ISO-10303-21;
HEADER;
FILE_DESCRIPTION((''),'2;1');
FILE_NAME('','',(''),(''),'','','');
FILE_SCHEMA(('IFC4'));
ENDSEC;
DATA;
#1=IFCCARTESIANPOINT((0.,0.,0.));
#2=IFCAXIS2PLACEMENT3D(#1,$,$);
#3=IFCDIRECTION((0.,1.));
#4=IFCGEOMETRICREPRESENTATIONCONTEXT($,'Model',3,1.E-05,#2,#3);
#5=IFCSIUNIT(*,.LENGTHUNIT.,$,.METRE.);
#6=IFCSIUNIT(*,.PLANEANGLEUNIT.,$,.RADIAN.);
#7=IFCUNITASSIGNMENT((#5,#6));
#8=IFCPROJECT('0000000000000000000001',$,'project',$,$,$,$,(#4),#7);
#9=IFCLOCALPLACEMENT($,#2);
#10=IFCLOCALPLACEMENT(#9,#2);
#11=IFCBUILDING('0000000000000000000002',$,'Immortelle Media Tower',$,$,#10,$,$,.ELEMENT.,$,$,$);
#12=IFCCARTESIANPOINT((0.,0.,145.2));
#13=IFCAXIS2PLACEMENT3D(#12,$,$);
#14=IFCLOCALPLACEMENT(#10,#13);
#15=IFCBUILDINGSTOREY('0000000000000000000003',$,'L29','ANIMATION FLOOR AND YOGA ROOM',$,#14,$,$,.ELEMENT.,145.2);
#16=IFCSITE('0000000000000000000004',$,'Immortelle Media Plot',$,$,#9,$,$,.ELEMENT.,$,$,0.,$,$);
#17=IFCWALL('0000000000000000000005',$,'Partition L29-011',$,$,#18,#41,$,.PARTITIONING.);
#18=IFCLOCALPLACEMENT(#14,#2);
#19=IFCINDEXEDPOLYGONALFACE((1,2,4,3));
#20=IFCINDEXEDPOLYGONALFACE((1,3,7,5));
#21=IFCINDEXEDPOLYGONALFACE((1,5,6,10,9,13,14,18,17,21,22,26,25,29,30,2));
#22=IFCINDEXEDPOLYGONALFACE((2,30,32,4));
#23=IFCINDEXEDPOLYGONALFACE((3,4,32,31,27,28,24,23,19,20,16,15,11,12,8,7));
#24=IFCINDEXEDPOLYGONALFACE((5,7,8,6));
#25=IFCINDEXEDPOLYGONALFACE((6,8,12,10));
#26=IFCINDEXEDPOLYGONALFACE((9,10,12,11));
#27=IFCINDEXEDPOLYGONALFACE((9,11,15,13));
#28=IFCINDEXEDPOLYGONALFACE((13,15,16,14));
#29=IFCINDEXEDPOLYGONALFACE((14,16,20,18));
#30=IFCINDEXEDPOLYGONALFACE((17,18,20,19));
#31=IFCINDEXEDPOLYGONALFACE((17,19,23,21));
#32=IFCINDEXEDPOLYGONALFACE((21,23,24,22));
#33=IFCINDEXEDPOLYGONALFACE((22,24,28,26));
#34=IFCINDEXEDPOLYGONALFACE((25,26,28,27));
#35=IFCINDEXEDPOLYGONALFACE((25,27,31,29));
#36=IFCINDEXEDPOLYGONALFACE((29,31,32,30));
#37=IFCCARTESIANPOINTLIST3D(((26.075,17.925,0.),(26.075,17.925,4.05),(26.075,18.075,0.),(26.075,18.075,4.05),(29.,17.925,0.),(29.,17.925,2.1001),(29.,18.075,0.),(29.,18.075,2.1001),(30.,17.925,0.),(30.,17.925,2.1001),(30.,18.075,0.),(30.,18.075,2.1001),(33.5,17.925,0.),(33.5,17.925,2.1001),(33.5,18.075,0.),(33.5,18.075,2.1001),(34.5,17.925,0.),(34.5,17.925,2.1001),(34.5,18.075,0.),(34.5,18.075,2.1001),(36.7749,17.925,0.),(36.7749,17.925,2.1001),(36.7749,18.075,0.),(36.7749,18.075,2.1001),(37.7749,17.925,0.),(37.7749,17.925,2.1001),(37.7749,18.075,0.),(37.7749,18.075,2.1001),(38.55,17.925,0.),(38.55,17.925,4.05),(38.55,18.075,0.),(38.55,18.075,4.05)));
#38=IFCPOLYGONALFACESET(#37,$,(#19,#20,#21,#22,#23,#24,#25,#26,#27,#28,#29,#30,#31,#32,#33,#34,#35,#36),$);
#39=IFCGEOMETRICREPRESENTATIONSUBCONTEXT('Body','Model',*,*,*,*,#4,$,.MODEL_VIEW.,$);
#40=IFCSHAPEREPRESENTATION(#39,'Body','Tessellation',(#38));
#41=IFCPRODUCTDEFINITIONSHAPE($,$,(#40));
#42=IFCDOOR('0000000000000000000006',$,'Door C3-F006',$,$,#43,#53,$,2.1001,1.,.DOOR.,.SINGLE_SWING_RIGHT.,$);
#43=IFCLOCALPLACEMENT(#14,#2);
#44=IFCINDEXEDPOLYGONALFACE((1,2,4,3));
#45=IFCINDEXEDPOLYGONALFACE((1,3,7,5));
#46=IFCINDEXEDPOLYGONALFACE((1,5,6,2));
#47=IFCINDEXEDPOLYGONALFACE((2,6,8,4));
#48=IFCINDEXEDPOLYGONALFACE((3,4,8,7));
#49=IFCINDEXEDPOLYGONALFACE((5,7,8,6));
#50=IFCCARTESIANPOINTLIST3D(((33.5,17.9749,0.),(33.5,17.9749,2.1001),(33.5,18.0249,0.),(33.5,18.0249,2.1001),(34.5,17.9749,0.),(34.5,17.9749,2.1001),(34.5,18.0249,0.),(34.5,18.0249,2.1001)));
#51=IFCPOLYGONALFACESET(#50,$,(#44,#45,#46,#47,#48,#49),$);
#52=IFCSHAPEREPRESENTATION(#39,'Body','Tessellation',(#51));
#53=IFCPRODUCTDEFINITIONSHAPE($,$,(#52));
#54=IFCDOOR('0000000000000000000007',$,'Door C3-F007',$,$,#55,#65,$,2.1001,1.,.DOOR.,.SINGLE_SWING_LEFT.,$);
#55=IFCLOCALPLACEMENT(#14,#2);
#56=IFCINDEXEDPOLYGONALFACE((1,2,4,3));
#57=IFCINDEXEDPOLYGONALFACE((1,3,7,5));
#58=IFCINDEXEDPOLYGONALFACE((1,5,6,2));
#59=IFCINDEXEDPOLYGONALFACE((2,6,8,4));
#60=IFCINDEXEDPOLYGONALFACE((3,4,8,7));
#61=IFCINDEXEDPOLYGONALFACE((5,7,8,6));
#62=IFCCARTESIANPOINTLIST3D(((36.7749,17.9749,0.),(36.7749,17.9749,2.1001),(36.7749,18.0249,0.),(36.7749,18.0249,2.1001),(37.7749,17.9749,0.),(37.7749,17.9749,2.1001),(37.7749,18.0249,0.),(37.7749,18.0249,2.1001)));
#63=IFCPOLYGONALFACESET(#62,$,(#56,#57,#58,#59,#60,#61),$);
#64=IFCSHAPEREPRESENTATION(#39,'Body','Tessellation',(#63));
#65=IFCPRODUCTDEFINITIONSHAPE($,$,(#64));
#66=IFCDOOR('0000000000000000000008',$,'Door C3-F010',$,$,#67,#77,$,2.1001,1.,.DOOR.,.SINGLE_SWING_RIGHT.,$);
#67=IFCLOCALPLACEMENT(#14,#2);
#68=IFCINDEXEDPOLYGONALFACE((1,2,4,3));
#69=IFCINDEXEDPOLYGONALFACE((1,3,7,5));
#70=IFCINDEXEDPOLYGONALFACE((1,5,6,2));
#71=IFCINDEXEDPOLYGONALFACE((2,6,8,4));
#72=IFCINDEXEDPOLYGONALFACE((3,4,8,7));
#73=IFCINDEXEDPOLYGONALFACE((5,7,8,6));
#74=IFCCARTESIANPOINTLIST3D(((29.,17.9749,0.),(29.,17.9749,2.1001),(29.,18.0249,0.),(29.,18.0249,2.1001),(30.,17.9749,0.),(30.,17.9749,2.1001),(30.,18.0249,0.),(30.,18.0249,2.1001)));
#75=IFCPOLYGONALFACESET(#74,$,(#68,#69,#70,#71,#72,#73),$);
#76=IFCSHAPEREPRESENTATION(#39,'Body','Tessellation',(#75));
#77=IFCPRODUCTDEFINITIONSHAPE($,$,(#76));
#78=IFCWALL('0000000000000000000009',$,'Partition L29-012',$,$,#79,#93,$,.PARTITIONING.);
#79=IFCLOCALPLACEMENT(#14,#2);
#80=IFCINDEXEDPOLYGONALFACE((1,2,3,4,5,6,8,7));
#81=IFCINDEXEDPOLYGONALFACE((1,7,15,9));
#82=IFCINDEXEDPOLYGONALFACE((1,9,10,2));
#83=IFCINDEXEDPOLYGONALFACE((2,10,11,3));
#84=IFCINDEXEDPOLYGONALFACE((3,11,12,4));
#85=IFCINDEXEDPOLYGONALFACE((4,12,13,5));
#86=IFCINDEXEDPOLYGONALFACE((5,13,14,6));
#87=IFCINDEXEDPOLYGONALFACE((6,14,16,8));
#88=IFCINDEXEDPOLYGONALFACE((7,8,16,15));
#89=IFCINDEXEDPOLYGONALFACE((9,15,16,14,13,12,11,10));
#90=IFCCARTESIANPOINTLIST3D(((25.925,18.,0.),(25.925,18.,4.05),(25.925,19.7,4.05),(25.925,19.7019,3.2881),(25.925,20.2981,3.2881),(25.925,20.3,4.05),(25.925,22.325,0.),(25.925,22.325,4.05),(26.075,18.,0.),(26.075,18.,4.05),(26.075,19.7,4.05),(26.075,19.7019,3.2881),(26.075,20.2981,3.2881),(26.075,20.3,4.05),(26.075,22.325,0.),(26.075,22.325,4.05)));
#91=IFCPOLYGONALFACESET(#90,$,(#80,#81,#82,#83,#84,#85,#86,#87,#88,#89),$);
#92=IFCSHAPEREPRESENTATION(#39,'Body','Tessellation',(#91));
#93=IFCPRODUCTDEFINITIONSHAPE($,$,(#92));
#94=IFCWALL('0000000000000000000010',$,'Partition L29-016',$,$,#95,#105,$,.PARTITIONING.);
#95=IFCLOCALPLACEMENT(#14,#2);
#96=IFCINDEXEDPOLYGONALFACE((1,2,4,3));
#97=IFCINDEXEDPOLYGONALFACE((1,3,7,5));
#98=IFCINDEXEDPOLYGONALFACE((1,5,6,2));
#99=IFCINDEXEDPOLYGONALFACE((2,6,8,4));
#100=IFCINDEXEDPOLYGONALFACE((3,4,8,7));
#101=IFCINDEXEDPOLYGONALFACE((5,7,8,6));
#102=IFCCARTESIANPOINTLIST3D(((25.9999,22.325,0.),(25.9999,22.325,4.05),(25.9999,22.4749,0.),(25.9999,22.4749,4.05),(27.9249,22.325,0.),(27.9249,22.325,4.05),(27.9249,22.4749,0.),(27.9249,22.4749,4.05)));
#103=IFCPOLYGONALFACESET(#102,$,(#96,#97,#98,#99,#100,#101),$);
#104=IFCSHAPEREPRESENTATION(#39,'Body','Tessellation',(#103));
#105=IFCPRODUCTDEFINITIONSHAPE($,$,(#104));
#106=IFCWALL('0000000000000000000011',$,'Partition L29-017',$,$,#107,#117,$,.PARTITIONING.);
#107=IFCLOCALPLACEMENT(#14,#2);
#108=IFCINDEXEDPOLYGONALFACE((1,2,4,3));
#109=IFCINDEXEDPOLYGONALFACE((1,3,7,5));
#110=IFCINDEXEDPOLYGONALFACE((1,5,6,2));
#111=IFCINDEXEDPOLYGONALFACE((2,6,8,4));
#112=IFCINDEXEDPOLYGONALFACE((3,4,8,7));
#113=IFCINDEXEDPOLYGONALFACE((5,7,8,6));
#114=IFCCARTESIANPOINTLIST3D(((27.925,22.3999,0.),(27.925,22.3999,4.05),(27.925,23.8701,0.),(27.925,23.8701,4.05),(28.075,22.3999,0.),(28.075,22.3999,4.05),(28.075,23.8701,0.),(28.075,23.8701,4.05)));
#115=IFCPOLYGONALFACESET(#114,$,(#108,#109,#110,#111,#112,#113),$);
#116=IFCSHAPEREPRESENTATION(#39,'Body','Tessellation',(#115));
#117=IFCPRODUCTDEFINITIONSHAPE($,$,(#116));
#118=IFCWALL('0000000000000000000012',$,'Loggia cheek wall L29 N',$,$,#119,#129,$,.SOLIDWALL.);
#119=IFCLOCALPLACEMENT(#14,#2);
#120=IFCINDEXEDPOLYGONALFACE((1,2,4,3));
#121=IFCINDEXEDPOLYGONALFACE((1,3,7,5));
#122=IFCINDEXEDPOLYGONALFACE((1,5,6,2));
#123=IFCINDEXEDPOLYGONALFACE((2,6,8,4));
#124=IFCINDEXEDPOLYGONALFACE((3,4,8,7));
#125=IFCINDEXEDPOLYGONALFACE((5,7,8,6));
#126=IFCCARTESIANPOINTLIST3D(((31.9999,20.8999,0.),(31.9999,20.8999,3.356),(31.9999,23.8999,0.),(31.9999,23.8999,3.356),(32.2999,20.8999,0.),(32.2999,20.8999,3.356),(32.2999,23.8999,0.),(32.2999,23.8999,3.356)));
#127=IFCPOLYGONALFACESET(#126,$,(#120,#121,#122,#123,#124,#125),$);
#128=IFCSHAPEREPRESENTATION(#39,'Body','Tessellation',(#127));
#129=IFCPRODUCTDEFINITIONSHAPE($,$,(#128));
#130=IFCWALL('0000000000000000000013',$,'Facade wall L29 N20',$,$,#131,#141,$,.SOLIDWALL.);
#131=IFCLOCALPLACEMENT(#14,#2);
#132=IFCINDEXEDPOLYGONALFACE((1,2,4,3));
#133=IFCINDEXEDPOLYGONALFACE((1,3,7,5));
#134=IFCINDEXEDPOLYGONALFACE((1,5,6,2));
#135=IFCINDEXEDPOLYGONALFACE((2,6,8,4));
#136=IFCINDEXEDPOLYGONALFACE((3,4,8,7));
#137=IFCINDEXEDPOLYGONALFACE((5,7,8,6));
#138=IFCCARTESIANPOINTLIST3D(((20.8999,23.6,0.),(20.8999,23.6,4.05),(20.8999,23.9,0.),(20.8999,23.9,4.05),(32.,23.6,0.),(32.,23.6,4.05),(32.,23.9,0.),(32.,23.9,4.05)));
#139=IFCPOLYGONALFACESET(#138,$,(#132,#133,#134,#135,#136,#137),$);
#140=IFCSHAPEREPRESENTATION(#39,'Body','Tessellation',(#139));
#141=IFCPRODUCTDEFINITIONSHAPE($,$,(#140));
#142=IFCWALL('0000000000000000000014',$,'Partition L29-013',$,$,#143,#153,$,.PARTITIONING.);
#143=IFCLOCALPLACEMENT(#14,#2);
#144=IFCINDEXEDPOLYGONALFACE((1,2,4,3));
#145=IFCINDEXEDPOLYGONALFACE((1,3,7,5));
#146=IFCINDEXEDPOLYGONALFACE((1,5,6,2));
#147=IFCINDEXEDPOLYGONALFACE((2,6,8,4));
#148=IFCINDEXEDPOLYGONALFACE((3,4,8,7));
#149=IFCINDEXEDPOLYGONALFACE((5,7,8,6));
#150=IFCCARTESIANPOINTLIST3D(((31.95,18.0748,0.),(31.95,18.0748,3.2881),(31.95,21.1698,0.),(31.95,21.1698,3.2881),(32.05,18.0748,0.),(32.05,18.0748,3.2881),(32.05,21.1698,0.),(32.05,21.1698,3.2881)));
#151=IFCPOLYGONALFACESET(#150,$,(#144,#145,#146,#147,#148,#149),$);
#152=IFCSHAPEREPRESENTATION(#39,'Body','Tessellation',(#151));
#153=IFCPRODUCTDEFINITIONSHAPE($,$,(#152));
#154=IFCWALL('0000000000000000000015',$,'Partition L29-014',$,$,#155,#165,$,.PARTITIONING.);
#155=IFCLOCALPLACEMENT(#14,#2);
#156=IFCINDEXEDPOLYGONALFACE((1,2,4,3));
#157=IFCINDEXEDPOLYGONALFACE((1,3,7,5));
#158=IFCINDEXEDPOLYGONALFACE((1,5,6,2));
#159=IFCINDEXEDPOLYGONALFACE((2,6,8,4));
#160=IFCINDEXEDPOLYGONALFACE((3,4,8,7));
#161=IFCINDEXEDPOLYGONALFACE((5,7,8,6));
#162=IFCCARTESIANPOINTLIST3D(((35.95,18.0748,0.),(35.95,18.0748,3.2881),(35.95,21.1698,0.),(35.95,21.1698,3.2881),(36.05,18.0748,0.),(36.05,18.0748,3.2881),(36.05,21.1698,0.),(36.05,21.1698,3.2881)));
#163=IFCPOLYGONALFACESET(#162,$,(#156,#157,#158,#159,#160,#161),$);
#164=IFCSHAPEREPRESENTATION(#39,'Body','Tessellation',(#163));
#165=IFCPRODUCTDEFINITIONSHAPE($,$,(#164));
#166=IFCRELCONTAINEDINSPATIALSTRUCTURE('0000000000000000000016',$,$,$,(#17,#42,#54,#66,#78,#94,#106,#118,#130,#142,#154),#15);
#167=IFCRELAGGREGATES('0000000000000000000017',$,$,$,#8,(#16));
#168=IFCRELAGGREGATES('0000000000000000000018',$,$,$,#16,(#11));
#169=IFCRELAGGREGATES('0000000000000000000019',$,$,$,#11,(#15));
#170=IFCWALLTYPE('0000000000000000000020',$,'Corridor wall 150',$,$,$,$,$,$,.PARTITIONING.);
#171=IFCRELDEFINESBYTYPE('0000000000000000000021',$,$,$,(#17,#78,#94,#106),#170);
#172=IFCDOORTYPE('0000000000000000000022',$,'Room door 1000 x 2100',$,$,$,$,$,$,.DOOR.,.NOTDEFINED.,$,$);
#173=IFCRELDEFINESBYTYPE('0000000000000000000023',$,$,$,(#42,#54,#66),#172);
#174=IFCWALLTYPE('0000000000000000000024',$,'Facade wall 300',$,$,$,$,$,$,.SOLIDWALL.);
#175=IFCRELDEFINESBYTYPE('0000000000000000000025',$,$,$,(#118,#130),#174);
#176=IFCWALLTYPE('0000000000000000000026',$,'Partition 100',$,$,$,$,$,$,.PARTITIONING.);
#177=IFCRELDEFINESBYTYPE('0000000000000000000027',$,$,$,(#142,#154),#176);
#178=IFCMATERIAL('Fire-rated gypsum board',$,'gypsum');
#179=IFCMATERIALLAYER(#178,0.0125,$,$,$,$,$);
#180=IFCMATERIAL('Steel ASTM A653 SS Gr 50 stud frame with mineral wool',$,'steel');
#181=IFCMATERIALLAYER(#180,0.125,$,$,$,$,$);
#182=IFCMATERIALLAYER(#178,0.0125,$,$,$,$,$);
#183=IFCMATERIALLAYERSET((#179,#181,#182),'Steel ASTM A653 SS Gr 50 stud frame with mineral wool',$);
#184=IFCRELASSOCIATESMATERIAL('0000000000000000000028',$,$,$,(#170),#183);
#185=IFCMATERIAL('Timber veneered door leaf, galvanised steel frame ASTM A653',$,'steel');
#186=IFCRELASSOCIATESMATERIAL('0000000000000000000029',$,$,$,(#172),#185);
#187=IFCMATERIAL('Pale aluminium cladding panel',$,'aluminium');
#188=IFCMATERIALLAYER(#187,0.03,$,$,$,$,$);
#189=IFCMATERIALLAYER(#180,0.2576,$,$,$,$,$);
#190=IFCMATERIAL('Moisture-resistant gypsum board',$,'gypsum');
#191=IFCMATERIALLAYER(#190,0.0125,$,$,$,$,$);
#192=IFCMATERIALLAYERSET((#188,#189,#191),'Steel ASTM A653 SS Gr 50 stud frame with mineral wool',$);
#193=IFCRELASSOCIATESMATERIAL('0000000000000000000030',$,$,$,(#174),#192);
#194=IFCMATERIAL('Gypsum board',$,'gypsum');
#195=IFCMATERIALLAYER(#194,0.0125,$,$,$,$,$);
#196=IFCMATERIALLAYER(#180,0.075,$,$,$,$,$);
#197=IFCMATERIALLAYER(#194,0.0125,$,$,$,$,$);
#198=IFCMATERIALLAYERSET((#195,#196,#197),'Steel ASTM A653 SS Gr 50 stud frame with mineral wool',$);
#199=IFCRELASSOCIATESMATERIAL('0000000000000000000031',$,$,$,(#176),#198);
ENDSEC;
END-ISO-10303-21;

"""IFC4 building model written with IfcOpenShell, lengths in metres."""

from ifc_helpers import new_model, si_unit, direction, frame, frame_2d, origin, place, context, subcontext, project, spatial, polyline, rectangle, outline, extrude, material, layer, layer_set, type_object, element, fill, save


model = new_model("IFC4")

# Units and contexts
model_context = context("Model", 3, precision=1e-05, world=origin(), true_north=direction((0.0, 1.0)))
body_context = subcontext(model_context, "Body", "Model", "MODEL_VIEW")
ifc_project = project(units=[si_unit("LENGTHUNIT", "METRE"), si_unit("PLANEANGLEUNIT", "RADIAN")], contexts=[model_context])

# Site, building, storey
site_placement = place(None, origin())
site = spatial("IfcSite", under=ifc_project, at=site_placement, Name="Immortelle Media Plot", CompositionType="ELEMENT", RefElevation=0.0)
building_placement = place(site_placement, origin())
building = spatial("IfcBuilding", under=site, at=building_placement, Name="Immortelle Media Tower", CompositionType="ELEMENT")
storey_placement = place(building_placement, frame((0.0, 0.0, 145.2)))
storey = spatial("IfcBuildingStorey", under=building, at=storey_placement, Name="L29", Description="ANIMATION FLOOR AND YOGA ROOM", CompositionType="ELEMENT", Elevation=145.2)

# Wall, openings, doors
ifc_material_1 = material(Name="Fire-rated gypsum board", Category="gypsum")
ifc_layer_1 = layer(ifc_material_1, 0.0125)
ifc_material_2 = material(Name="Steel ASTM A653 SS Gr 50 stud frame with mineral wool", Category="steel")
ifc_layer_2 = layer(ifc_material_2, 0.125)
ifc_layer_3 = layer(ifc_material_1, 0.0125)
ifc_layer_set_1 = layer_set([ifc_layer_1, ifc_layer_2, ifc_layer_3], Name="Steel ASTM A653 SS Gr 50 stud frame with mineral wool")
wall_type_1 = type_object("IfcWallType", Name="Corridor wall 150", PredefinedType="PARTITIONING", material=ifc_layer_set_1)
wall_1_placement = place(storey_placement, frame((26.075, 18.0, 0.0), z_axis=(0.0, 0.0, 1.0), x_axis=(1.0, 0.0, 0.0)))
wall_1 = element("IfcWall", 1, at=wall_1_placement, inside=storey, type_object=wall_type_1, Name="Partition L29-011", PredefinedType="PARTITIONING", context=body_context, shape_type="SweptSolid", body=[
    extrude(rectangle(XDim=12.4751, YDim=0.1499, at=frame_2d((6.2375, 0.0))), origin(), (0.0, 0.0, 1.0), 4.05),
])
opening_1_placement = place(wall_1_placement, frame((7.425, 0.0, 0.0)))
opening_1 = element("IfcOpeningElement", 2, at=opening_1_placement, cuts=wall_1, PredefinedType="OPENING", context=body_context, shape_type="SweptSolid", body=[
    extrude(rectangle(XDim=1.0, YDim=2.1001, at=frame_2d((0.5, 1.05))), frame((0.0, 0.085, 0.0), z_axis=(0.0, -1.0, 0.0), x_axis=(1.0, 0.0, 0.0)), (0.0, 0.0, 1.0), 0.1699),
])
opening_2_placement = place(wall_1_placement, frame((10.7, 0.0, 0.0)))
opening_2 = element("IfcOpeningElement", 3, at=opening_2_placement, cuts=wall_1, PredefinedType="OPENING", context=body_context, shape_type="SweptSolid", body=[
    extrude(rectangle(XDim=1.0, YDim=2.1001, at=frame_2d((0.5, 1.05))), frame((0.0, 0.085, 0.0), z_axis=(0.0, -1.0, 0.0), x_axis=(1.0, 0.0, 0.0)), (0.0, 0.0, 1.0), 0.1699),
])
opening_3_placement = place(wall_1_placement, frame((2.925, 0.0, 0.0)))
opening_3 = element("IfcOpeningElement", 4, at=opening_3_placement, cuts=wall_1, PredefinedType="OPENING", context=body_context, shape_type="SweptSolid", body=[
    extrude(rectangle(XDim=1.0, YDim=2.1001, at=frame_2d((0.5, 1.05))), frame((0.0, 0.085, 0.0), z_axis=(0.0, -1.0, 0.0), x_axis=(1.0, 0.0, 0.0)), (0.0, 0.0, 1.0), 0.1699),
])
ifc_material_3 = material(Name="Timber veneered door leaf, galvanised steel frame ASTM A653", Category="steel")
door_type = type_object("IfcDoorType", Name="Room door 1000 x 2100", OperationType="NOTDEFINED", PredefinedType="DOOR", material=ifc_material_3)
door_1_placement = place(opening_1_placement, origin())
door_1 = element("IfcDoor", 5, at=door_1_placement, inside=storey, type_object=door_type, Name="Door C3-F006", OperationType="SINGLE_SWING_RIGHT", OverallHeight=2.1001, OverallWidth=1.0, PredefinedType="DOOR", context=body_context, shape_type="SweptSolid", body=[
    extrude(rectangle(XDim=1.0, YDim=2.1001, at=frame_2d((0.5, 1.05))), frame((0.0, 0.0249, 0.0), z_axis=(0.0, -1.0, 0.0), x_axis=(1.0, 0.0, 0.0)), (0.0, 0.0, 1.0), 0.05),
])
fill(opening_1, door_1)
door_2_placement = place(opening_2_placement, origin())
door_2 = element("IfcDoor", 6, at=door_2_placement, inside=storey, type_object=door_type, Name="Door C3-F007", OperationType="SINGLE_SWING_LEFT", OverallHeight=2.1001, OverallWidth=1.0, PredefinedType="DOOR", context=body_context, shape_type="SweptSolid", body=[
    extrude(rectangle(XDim=1.0, YDim=2.1001, at=frame_2d((0.5, 1.05))), frame((0.0, 0.0249, 0.0), z_axis=(0.0, -1.0, 0.0), x_axis=(1.0, 0.0, 0.0)), (0.0, 0.0, 1.0), 0.05),
])
fill(opening_2, door_2)
door_3_placement = place(opening_3_placement, origin())
door_3 = element("IfcDoor", 7, at=door_3_placement, inside=storey, type_object=door_type, Name="Door C3-F010", OperationType="SINGLE_SWING_RIGHT", OverallHeight=2.1001, OverallWidth=1.0, PredefinedType="DOOR", context=body_context, shape_type="SweptSolid", body=[
    extrude(rectangle(XDim=1.0, YDim=2.1001, at=frame_2d((0.5, 1.05))), frame((0.0, 0.0249, 0.0), z_axis=(0.0, -1.0, 0.0), x_axis=(1.0, 0.0, 0.0)), (0.0, 0.0, 1.0), 0.05),
])
fill(opening_3, door_3)

# Walls
wall_2_placement = place(storey_placement, frame((26.0, 18.0, 0.0), z_axis=(0.0, 0.0, 1.0), x_axis=(0.0, 1.0, 0.0)))
element("IfcWall", 8, at=wall_2_placement, inside=storey, type_object=wall_type_1, Name="Partition L29-012", PredefinedType="PARTITIONING", context=body_context, shape_type="SweptSolid", body=[
    extrude(outline(polyline([(0.0, 0.0), (4.325, 0.0), (4.325, 4.05), (2.3, 4.05), (2.2981, 3.2881), (1.7019, 3.2881), (1.7, 4.05), (0.0, 4.05), (0.0, 0.0)])), frame((0.0, 0.075, 0.0), z_axis=(0.0, -1.0, 0.0), x_axis=(1.0, 0.0, 0.0)), (0.0, 0.0, 1.0), 0.1499),
])
wall_3_placement = place(storey_placement, frame((26.0, 22.3999, 0.0), z_axis=(0.0, 0.0, 1.0), x_axis=(1.0, 0.0, 0.0)))
element("IfcWall", 9, at=wall_3_placement, inside=storey, type_object=wall_type_1, Name="Partition L29-016", PredefinedType="PARTITIONING", context=body_context, shape_type="SweptSolid", body=[
    extrude(rectangle(XDim=1.925, YDim=0.1499, at=frame_2d((0.9624, 0.0))), origin(), (0.0, 0.0, 1.0), 4.05),
])
wall_4_placement = place(storey_placement, frame((28.0, 22.3999, 0.0), z_axis=(0.0, 0.0, 1.0), x_axis=(0.0, 1.0, 0.0)))
element("IfcWall", 10, at=wall_4_placement, inside=storey, type_object=wall_type_1, Name="Partition L29-017", PredefinedType="PARTITIONING", context=body_context, shape_type="SweptSolid", body=[
    extrude(rectangle(XDim=1.4702, YDim=0.1499, at=frame_2d((0.7351, 0.0))), origin(), (0.0, 0.0, 1.0), 4.05),
])
ifc_material_4 = material(Name="Pale aluminium cladding panel", Category="aluminium")
ifc_layer_4 = layer(ifc_material_4, 0.03)
ifc_layer_5 = layer(ifc_material_2, 0.2576)
ifc_material_5 = material(Name="Moisture-resistant gypsum board", Category="gypsum")
ifc_layer_6 = layer(ifc_material_5, 0.0125)
ifc_layer_set_2 = layer_set([ifc_layer_4, ifc_layer_5, ifc_layer_6], Name="Steel ASTM A653 SS Gr 50 stud frame with mineral wool")
wall_type_2 = type_object("IfcWallType", Name="Facade wall 300", PredefinedType="SOLIDWALL", material=ifc_layer_set_2)
wall_5_placement = place(storey_placement, frame((32.1499, 23.8999, 0.0), z_axis=(0.0, 0.0, 1.0), x_axis=(0.0, -1.0, 0.0)))
element("IfcWall", 11, at=wall_5_placement, inside=storey, type_object=wall_type_2, Name="Loggia cheek wall L29 N", PredefinedType="SOLIDWALL", context=body_context, shape_type="SweptSolid", body=[
    extrude(rectangle(XDim=3.0, YDim=0.3, at=frame_2d((1.5, 0.0))), origin(), (0.0, 0.0, 1.0), 3.356),
])
wall_6_placement = place(storey_placement, frame((32.0, 23.75, 0.0), z_axis=(0.0, 0.0, 1.0), x_axis=(-1.0, 0.0, 0.0)))
element("IfcWall", 12, at=wall_6_placement, inside=storey, type_object=wall_type_2, Name="Facade wall L29 N20", PredefinedType="SOLIDWALL", context=body_context, shape_type="SweptSolid", body=[
    extrude(rectangle(XDim=11.1001, YDim=0.3, at=frame_2d((5.55, 0.0))), origin(), (0.0, 0.0, 1.0), 4.05),
])
ifc_material_6 = material(Name="Gypsum board", Category="gypsum")
ifc_layer_7 = layer(ifc_material_6, 0.0125)
ifc_layer_8 = layer(ifc_material_2, 0.075)
ifc_layer_9 = layer(ifc_material_6, 0.0125)
ifc_layer_set_3 = layer_set([ifc_layer_7, ifc_layer_8, ifc_layer_9], Name="Steel ASTM A653 SS Gr 50 stud frame with mineral wool")
wall_type_3 = type_object("IfcWallType", Name="Partition 100", PredefinedType="PARTITIONING", material=ifc_layer_set_3)
for number, where, z_axis, x_axis, name in (
    (13, (32.0, 18.075, 0.0), (0.0, 0.0, 1.0), (0.0, 1.0, 0.0), "Partition L29-013"),
    (14, (36.0, 18.075, 0.0), (0.0, 0.0, 1.0), (0.0, 1.0, 0.0), "Partition L29-014"),
):
    element("IfcWall", number, at=place(storey_placement, frame(where, z_axis=z_axis, x_axis=x_axis)), inside=storey, type_object=wall_type_3, Name=name, PredefinedType="PARTITIONING", context=body_context, shape_type="SweptSolid", body=[
        extrude(rectangle(XDim=3.095, YDim=0.1001, at=frame_2d((1.5474, 0.0))), origin(), (0.0, 0.0, 1.0), 3.2881),
    ])

save(model, "model.ifc")
